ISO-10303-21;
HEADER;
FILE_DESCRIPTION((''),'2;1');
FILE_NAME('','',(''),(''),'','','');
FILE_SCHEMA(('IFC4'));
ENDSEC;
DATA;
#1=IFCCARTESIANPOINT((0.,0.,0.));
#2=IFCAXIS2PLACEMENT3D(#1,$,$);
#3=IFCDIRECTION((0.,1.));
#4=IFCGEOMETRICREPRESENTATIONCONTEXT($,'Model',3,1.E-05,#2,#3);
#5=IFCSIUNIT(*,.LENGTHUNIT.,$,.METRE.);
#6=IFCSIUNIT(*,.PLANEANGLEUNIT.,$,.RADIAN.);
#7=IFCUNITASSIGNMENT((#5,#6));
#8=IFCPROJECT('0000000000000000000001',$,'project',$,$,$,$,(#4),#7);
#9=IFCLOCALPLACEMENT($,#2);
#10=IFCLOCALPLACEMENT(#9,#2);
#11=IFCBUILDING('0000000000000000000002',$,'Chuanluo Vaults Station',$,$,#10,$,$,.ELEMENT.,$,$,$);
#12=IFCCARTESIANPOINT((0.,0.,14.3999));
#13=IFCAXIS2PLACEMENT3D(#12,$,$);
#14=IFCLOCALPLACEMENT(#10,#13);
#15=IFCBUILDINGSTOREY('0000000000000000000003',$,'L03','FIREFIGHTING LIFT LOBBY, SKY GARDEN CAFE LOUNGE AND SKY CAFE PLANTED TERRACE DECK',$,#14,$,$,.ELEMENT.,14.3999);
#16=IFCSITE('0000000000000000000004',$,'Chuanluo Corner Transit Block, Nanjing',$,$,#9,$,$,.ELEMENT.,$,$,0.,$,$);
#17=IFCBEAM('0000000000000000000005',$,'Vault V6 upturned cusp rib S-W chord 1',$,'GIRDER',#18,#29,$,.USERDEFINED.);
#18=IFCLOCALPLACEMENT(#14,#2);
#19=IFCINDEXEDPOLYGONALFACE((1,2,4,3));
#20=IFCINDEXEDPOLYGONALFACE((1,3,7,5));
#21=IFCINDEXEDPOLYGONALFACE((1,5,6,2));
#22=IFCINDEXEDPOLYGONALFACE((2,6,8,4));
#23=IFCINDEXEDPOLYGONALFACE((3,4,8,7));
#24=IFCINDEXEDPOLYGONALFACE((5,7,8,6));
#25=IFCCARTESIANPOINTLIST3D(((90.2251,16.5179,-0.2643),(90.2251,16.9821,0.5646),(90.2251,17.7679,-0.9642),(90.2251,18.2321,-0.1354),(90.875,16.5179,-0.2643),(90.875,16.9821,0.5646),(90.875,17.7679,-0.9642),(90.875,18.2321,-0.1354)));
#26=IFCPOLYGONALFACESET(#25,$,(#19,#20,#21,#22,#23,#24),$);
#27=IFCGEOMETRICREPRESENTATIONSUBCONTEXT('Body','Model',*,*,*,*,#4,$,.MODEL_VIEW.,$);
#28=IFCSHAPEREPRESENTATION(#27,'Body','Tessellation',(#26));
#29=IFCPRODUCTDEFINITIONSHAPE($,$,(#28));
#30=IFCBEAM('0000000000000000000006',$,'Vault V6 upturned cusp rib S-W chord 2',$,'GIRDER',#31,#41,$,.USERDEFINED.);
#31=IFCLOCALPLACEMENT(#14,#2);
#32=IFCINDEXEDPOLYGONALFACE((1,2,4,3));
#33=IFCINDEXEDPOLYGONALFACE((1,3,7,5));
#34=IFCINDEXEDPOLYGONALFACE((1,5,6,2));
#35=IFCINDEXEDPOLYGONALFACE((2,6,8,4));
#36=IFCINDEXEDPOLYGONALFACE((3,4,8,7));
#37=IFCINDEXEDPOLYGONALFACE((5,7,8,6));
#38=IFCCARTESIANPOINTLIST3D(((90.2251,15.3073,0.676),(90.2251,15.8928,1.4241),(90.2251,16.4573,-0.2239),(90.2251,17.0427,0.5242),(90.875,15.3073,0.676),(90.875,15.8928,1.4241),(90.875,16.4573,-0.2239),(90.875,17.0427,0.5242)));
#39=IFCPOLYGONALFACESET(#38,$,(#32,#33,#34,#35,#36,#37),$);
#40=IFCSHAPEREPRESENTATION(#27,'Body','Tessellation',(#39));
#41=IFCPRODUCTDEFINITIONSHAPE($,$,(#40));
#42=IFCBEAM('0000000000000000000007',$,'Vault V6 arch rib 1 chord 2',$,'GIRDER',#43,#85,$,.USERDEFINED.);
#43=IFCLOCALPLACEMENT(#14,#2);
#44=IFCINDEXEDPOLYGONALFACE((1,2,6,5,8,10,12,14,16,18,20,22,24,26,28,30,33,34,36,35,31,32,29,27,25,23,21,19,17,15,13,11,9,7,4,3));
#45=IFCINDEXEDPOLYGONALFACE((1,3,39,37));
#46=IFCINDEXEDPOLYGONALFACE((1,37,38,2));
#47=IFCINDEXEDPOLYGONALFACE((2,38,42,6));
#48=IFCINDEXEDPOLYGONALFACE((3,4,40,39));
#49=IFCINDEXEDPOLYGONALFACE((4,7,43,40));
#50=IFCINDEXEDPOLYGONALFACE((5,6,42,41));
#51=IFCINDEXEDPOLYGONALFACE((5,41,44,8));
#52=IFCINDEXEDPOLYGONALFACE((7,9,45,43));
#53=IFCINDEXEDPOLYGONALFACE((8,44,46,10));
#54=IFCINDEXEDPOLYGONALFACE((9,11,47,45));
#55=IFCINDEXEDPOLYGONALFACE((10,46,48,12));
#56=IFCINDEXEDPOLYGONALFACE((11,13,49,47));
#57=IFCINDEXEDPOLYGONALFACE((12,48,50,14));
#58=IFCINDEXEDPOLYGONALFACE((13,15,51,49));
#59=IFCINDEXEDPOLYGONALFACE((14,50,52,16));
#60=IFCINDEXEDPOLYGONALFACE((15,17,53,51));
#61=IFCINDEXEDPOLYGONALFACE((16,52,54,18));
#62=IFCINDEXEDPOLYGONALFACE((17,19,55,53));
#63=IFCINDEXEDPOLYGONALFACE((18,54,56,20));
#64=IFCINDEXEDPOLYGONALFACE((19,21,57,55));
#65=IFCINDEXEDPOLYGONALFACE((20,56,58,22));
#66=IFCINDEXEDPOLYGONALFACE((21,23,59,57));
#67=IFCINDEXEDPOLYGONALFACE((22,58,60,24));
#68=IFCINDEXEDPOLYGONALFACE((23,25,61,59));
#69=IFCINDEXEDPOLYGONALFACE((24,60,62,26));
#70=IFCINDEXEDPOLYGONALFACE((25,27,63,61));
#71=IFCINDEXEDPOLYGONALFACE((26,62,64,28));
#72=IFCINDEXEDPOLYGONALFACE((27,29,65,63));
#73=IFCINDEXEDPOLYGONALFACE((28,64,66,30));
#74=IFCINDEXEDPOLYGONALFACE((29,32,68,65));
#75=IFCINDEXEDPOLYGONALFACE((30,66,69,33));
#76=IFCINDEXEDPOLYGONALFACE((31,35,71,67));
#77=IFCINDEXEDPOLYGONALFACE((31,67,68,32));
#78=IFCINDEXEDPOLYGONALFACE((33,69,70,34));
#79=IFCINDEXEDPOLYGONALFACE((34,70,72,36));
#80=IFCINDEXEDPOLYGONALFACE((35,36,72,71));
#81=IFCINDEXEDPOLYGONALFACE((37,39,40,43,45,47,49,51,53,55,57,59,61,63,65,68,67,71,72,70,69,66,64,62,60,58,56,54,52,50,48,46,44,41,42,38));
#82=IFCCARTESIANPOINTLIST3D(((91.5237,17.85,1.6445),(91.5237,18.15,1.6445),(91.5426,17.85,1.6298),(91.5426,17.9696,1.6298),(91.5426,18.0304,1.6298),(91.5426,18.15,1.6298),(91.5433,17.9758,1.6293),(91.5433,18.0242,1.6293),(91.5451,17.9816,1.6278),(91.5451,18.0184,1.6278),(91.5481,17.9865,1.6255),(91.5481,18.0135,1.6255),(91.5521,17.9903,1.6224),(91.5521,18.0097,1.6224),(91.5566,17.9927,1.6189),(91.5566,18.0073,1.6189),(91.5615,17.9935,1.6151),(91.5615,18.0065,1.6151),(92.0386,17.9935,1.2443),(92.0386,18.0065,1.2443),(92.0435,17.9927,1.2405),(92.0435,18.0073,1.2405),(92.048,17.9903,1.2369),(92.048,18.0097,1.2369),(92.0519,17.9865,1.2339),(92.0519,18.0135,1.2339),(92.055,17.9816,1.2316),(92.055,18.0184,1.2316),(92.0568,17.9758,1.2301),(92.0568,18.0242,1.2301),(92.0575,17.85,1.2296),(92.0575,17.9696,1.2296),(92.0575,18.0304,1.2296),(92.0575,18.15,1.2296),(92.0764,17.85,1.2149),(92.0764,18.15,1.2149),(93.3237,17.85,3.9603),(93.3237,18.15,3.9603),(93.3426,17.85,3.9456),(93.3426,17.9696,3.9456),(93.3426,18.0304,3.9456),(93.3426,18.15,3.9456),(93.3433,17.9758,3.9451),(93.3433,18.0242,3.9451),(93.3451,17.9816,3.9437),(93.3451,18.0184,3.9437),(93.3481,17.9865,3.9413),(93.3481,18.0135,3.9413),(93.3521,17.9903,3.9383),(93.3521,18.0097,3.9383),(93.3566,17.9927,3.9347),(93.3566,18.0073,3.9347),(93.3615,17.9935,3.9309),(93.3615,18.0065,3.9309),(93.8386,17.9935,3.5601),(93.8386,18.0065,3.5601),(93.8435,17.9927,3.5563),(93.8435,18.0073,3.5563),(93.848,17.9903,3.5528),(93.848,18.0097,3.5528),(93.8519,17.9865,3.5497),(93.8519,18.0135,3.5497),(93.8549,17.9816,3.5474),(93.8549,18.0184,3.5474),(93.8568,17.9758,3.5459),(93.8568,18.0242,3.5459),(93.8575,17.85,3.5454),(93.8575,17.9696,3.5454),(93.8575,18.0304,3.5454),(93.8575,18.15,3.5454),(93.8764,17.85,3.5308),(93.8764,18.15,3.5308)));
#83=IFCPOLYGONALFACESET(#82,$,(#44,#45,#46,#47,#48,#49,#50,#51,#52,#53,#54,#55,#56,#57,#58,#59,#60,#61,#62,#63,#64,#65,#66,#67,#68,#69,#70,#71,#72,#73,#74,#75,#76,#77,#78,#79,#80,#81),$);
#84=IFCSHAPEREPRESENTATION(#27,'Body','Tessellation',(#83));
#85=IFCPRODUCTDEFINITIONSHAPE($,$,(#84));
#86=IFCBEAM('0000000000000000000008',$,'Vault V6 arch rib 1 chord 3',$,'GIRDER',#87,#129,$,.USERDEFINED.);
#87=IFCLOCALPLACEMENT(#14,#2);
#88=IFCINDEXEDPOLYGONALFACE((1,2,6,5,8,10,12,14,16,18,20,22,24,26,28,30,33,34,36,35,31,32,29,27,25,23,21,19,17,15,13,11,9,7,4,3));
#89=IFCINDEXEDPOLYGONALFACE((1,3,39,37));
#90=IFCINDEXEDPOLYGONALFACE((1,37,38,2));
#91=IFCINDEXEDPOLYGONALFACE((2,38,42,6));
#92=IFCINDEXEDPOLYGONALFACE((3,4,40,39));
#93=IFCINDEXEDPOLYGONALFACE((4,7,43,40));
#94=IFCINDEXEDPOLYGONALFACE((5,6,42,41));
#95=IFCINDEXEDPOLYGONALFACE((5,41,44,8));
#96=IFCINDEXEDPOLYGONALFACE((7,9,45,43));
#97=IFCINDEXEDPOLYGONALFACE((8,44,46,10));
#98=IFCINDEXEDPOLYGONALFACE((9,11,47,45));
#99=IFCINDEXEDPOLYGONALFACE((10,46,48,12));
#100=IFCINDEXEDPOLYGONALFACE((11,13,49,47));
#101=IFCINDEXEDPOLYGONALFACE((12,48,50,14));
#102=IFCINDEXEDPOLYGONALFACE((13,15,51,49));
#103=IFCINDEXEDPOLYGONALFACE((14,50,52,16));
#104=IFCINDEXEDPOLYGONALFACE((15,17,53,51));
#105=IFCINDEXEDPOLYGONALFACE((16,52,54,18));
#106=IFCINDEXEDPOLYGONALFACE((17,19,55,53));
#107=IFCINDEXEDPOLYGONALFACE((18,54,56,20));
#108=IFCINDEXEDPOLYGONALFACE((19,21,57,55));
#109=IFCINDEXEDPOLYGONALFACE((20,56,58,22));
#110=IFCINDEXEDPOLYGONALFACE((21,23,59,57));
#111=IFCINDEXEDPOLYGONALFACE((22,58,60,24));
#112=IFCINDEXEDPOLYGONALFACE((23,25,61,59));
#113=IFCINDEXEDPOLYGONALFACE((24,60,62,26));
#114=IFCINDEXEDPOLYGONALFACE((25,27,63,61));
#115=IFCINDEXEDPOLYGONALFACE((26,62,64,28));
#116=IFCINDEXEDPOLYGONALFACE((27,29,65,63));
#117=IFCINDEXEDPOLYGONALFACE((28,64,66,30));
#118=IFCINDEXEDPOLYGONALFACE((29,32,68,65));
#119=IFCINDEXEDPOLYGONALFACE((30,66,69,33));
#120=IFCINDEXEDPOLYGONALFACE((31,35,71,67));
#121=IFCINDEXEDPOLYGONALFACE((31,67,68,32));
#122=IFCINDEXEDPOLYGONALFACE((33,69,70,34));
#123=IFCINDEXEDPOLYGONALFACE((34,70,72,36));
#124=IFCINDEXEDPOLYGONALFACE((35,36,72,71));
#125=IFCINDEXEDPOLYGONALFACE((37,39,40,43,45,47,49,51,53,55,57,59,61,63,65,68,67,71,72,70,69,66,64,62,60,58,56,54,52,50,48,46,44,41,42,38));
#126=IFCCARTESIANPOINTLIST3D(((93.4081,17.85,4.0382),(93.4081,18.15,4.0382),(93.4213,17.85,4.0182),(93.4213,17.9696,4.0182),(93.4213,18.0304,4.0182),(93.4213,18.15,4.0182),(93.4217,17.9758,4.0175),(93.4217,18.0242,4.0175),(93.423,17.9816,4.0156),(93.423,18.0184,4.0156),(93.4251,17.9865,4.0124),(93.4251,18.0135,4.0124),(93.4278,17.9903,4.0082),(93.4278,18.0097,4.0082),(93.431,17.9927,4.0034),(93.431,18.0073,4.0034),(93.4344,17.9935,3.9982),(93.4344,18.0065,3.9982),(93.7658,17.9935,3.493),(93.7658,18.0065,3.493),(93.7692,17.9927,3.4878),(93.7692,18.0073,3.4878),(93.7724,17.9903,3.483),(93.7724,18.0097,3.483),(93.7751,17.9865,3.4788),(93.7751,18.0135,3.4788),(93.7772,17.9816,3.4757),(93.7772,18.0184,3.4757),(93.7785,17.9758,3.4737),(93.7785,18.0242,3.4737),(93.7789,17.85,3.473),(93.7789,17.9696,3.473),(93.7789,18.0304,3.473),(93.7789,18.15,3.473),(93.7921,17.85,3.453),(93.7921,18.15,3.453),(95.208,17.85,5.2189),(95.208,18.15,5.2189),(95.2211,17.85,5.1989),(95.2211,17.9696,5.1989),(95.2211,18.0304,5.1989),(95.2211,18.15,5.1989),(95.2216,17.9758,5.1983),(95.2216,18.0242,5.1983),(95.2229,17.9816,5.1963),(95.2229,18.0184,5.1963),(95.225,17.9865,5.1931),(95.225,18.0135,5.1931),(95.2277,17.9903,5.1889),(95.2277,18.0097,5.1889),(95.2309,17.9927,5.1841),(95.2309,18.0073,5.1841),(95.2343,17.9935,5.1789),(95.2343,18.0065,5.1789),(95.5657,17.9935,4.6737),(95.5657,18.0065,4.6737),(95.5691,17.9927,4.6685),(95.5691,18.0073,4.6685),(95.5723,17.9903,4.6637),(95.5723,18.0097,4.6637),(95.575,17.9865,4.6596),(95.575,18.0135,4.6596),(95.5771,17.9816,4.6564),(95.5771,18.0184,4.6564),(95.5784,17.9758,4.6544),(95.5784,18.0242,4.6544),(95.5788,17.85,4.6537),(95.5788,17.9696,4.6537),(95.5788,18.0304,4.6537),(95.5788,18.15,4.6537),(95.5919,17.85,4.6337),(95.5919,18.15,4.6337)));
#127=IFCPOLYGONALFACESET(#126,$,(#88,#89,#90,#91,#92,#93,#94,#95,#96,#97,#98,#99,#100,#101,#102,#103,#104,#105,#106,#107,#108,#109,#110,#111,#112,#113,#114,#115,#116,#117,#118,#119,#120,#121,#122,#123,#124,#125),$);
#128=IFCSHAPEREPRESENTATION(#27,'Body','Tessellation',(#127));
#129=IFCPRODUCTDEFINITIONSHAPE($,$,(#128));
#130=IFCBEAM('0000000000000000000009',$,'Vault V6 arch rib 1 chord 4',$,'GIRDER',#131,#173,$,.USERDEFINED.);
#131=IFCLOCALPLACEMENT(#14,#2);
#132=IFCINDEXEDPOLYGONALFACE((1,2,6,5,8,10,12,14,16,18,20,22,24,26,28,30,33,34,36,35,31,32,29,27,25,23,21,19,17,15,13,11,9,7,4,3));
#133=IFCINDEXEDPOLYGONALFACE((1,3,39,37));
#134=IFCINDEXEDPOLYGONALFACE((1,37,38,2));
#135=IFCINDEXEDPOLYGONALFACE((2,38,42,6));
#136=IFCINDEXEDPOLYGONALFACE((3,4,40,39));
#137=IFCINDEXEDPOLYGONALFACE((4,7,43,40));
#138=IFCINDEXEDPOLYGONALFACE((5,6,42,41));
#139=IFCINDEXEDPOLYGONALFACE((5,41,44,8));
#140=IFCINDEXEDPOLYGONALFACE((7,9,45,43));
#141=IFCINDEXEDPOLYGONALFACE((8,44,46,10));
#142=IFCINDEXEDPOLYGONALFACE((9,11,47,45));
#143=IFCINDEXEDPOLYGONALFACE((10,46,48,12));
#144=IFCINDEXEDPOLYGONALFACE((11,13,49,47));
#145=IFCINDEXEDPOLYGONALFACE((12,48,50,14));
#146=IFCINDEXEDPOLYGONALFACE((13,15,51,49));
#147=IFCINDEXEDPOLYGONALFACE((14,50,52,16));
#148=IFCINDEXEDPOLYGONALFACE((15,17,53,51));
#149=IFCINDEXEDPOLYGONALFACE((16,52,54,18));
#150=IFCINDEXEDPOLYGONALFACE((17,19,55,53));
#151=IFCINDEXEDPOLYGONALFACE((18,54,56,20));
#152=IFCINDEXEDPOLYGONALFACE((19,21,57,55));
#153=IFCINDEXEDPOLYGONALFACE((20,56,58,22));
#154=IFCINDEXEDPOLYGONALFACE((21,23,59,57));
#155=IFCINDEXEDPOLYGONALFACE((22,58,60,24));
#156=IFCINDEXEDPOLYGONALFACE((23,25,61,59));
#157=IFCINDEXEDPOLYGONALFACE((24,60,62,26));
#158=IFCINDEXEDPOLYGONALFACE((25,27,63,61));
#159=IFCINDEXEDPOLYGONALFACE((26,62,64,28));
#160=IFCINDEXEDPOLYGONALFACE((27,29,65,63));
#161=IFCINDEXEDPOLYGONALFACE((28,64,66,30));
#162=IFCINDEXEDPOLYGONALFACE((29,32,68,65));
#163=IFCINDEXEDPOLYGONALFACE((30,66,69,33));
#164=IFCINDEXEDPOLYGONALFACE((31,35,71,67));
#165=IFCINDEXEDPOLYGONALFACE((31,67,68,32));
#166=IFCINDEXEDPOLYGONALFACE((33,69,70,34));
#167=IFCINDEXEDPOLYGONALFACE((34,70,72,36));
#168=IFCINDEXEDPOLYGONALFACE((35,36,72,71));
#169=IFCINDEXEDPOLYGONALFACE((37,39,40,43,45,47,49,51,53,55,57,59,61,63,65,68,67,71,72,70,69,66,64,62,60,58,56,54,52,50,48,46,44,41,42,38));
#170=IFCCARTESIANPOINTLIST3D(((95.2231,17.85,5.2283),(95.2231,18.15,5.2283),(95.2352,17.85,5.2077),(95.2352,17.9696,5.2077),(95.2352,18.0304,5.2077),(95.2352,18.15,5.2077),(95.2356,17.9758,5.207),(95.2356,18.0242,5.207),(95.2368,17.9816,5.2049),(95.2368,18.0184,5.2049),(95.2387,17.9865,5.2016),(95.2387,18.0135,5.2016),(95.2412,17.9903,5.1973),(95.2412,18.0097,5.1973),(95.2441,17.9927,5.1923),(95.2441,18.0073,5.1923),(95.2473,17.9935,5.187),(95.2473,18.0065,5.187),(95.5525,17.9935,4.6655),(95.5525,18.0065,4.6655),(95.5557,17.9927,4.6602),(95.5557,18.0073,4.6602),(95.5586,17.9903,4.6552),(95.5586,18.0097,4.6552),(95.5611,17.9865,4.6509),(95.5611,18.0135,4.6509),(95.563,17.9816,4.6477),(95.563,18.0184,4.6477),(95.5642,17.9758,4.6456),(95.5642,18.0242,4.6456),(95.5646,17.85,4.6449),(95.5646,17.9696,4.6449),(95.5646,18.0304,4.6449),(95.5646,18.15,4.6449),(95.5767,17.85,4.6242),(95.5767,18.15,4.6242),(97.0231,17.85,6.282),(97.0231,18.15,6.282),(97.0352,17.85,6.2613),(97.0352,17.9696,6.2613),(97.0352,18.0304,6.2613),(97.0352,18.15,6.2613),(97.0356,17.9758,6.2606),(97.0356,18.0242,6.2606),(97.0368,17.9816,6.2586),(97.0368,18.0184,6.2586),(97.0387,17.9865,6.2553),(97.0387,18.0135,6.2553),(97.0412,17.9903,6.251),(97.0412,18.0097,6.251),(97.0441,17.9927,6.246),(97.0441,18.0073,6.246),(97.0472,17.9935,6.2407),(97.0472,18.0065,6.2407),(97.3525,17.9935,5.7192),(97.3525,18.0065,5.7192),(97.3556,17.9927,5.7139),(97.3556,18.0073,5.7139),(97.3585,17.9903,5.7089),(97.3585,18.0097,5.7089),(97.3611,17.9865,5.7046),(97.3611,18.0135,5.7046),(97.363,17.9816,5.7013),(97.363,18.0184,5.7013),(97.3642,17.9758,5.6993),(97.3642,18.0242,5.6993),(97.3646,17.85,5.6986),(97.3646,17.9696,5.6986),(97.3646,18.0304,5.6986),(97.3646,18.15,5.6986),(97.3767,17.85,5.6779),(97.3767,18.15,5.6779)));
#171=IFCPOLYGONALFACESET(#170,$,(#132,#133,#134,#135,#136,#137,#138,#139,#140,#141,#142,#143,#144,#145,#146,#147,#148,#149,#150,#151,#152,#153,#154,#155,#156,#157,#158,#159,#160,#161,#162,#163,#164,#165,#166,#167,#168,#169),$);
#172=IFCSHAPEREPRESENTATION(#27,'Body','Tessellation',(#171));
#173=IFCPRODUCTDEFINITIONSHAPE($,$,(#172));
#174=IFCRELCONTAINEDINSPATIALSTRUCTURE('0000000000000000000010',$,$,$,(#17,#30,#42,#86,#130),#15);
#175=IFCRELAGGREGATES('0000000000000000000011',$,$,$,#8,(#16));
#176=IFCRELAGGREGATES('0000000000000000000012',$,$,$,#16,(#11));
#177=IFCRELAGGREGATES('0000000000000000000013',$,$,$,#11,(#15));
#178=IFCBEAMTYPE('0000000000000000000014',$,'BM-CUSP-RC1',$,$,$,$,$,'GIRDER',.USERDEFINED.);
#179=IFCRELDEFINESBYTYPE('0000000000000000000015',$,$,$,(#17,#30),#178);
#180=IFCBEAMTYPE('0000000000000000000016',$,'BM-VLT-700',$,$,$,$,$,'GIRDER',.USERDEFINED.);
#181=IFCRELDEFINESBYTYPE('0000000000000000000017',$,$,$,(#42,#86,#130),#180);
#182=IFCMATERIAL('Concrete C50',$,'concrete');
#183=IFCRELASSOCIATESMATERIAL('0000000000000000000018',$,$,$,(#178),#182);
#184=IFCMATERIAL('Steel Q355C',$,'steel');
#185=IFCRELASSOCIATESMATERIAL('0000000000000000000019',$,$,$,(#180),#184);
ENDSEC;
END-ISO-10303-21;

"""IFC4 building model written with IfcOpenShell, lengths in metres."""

from ifc_helpers import new_model, si_unit, direction, frame, origin, origin_2d, place, context, subcontext, project, spatial, rectangle, i_section, extrude, material, material_profile, profile_set, type_object, element, save


model = new_model("IFC4")

# Units and contexts
model_context = context("Model", 3, precision=1e-05, world=origin(), true_north=direction((0.0, 1.0)))
body_context = subcontext(model_context, "Body", "Model", "MODEL_VIEW")
ifc_project = project(units=[si_unit("LENGTHUNIT", "METRE"), si_unit("PLANEANGLEUNIT", "RADIAN")], contexts=[model_context])

# Site, building, storey
site_placement = place(None, origin())
site = spatial("IfcSite", under=ifc_project, at=site_placement, Name="Chuanluo Corner Transit Block, Nanjing", CompositionType="ELEMENT", RefElevation=0.0)
building_placement = place(site_placement, origin())
building = spatial("IfcBuilding", under=site, at=building_placement, Name="Chuanluo Vaults Station", CompositionType="ELEMENT")
storey_placement = place(building_placement, frame((0.0, 0.0, 14.3999)))
storey = spatial("IfcBuildingStorey", under=building, at=storey_placement, Name="L03", Description="FIREFIGHTING LIFT LOBBY, SKY GARDEN CAFE LOUNGE AND SKY CAFE PLANTED TERRACE DECK", CompositionType="ELEMENT", Elevation=14.3999)

# Beams
ifc_material_1 = material(Name="Concrete C50", Category="concrete")
ifc_material_profile_1 = material_profile(ifc_material_1, rectangle(XDim=0.6499, YDim=0.95, at=origin_2d()))
ifc_profile_set_1 = profile_set([ifc_material_profile_1], Name="Concrete C50")
beam_type_1 = type_object("IfcBeamType", Name="BM-CUSP-RC1", ElementType="GIRDER", PredefinedType="USERDEFINED", material=ifc_profile_set_1)
beam_1_placement = place(storey_placement, frame((90.55, 18.0, -0.5498), z_axis=(0.0, -0.872521, 0.488577), x_axis=(1.0, 0.0, 0.0)))
element("IfcBeam", 1, at=beam_1_placement, inside=storey, type_object=beam_type_1, Name="Vault V6 upturned cusp rib S-W chord 1", ObjectType="GIRDER", PredefinedType="USERDEFINED", context=body_context, shape_type="SweptSolid", body=[
    extrude(rectangle(XDim=0.6499, YDim=0.95, at=origin_2d()), origin(), (0.0, 0.0, 1.0), 1.4326),
])
beam_2_placement = place(storey_placement, frame((90.55, 16.75, 0.1501), z_axis=(0.0, -0.787512, 0.616299), x_axis=(1.0, 0.0, 0.0)))
element("IfcBeam", 2, at=beam_2_placement, inside=storey, type_object=beam_type_1, Name="Vault V6 upturned cusp rib S-W chord 2", ObjectType="GIRDER", PredefinedType="USERDEFINED", context=body_context, shape_type="SweptSolid", body=[
    extrude(rectangle(XDim=0.6499, YDim=0.95, at=origin_2d()), origin(), (0.0, 0.0, 1.0), 1.4602),
])
ifc_material_2 = material(Name="Steel Q355C", Category="steel")
ifc_material_profile_2 = material_profile(ifc_material_2, i_section(OverallWidth=0.3, OverallDepth=0.7, WebThickness=0.0129, FlangeThickness=0.0239, FilletRadius=0.0239, at=origin_2d()))
ifc_profile_set_2 = profile_set([ifc_material_profile_2], Name="Steel Q355C")
beam_type_2 = type_object("IfcBeamType", Name="BM-VLT-700", ElementType="GIRDER", PredefinedType="USERDEFINED", material=ifc_profile_set_2)
beam_3_placement = place(storey_placement, frame((91.8, 18.0, 1.4297), z_axis=(0.613681, 0.0, 0.789554), x_axis=(0.0, 1.0, 0.0)))
element("IfcBeam", 3, at=beam_3_placement, inside=storey, type_object=beam_type_2, Name="Vault V6 arch rib 1 chord 2", ObjectType="GIRDER", PredefinedType="USERDEFINED", context=body_context, shape_type="SweptSolid", body=[
    extrude(i_section(OverallWidth=0.3, OverallDepth=0.7, WebThickness=0.0129, FlangeThickness=0.0239, FilletRadius=0.0239, at=origin_2d()), origin(), (0.0, 0.0, 1.0), 2.9331),
])
beam_4_placement = place(storey_placement, frame((93.6001, 18.0, 3.7456), z_axis=(0.836145, 0.0, 0.548508), x_axis=(0.0, 1.0, 0.0)))
element("IfcBeam", 4, at=beam_4_placement, inside=storey, type_object=beam_type_2, Name="Vault V6 arch rib 1 chord 3", ObjectType="GIRDER", PredefinedType="USERDEFINED", context=body_context, shape_type="SweptSolid", body=[
    extrude(i_section(OverallWidth=0.3, OverallDepth=0.7, WebThickness=0.0129, FlangeThickness=0.0239, FilletRadius=0.0239, at=origin_2d()), origin(), (0.0, 0.0, 1.0), 2.1526),
])
beam_5_placement = place(storey_placement, frame((95.3999, 18.0, 4.9263), z_axis=(0.863009, 0.0, 0.505188), x_axis=(0.0, 1.0, 0.0)))
element("IfcBeam", 5, at=beam_5_placement, inside=storey, type_object=beam_type_2, Name="Vault V6 arch rib 1 chord 4", ObjectType="GIRDER", PredefinedType="USERDEFINED", context=body_context, shape_type="SweptSolid", body=[
    extrude(i_section(OverallWidth=0.3, OverallDepth=0.7, WebThickness=0.0129, FlangeThickness=0.0239, FilletRadius=0.0239, at=origin_2d()), origin(), (0.0, 0.0, 1.0), 2.0857),
])

save(model, "model.ifc")
